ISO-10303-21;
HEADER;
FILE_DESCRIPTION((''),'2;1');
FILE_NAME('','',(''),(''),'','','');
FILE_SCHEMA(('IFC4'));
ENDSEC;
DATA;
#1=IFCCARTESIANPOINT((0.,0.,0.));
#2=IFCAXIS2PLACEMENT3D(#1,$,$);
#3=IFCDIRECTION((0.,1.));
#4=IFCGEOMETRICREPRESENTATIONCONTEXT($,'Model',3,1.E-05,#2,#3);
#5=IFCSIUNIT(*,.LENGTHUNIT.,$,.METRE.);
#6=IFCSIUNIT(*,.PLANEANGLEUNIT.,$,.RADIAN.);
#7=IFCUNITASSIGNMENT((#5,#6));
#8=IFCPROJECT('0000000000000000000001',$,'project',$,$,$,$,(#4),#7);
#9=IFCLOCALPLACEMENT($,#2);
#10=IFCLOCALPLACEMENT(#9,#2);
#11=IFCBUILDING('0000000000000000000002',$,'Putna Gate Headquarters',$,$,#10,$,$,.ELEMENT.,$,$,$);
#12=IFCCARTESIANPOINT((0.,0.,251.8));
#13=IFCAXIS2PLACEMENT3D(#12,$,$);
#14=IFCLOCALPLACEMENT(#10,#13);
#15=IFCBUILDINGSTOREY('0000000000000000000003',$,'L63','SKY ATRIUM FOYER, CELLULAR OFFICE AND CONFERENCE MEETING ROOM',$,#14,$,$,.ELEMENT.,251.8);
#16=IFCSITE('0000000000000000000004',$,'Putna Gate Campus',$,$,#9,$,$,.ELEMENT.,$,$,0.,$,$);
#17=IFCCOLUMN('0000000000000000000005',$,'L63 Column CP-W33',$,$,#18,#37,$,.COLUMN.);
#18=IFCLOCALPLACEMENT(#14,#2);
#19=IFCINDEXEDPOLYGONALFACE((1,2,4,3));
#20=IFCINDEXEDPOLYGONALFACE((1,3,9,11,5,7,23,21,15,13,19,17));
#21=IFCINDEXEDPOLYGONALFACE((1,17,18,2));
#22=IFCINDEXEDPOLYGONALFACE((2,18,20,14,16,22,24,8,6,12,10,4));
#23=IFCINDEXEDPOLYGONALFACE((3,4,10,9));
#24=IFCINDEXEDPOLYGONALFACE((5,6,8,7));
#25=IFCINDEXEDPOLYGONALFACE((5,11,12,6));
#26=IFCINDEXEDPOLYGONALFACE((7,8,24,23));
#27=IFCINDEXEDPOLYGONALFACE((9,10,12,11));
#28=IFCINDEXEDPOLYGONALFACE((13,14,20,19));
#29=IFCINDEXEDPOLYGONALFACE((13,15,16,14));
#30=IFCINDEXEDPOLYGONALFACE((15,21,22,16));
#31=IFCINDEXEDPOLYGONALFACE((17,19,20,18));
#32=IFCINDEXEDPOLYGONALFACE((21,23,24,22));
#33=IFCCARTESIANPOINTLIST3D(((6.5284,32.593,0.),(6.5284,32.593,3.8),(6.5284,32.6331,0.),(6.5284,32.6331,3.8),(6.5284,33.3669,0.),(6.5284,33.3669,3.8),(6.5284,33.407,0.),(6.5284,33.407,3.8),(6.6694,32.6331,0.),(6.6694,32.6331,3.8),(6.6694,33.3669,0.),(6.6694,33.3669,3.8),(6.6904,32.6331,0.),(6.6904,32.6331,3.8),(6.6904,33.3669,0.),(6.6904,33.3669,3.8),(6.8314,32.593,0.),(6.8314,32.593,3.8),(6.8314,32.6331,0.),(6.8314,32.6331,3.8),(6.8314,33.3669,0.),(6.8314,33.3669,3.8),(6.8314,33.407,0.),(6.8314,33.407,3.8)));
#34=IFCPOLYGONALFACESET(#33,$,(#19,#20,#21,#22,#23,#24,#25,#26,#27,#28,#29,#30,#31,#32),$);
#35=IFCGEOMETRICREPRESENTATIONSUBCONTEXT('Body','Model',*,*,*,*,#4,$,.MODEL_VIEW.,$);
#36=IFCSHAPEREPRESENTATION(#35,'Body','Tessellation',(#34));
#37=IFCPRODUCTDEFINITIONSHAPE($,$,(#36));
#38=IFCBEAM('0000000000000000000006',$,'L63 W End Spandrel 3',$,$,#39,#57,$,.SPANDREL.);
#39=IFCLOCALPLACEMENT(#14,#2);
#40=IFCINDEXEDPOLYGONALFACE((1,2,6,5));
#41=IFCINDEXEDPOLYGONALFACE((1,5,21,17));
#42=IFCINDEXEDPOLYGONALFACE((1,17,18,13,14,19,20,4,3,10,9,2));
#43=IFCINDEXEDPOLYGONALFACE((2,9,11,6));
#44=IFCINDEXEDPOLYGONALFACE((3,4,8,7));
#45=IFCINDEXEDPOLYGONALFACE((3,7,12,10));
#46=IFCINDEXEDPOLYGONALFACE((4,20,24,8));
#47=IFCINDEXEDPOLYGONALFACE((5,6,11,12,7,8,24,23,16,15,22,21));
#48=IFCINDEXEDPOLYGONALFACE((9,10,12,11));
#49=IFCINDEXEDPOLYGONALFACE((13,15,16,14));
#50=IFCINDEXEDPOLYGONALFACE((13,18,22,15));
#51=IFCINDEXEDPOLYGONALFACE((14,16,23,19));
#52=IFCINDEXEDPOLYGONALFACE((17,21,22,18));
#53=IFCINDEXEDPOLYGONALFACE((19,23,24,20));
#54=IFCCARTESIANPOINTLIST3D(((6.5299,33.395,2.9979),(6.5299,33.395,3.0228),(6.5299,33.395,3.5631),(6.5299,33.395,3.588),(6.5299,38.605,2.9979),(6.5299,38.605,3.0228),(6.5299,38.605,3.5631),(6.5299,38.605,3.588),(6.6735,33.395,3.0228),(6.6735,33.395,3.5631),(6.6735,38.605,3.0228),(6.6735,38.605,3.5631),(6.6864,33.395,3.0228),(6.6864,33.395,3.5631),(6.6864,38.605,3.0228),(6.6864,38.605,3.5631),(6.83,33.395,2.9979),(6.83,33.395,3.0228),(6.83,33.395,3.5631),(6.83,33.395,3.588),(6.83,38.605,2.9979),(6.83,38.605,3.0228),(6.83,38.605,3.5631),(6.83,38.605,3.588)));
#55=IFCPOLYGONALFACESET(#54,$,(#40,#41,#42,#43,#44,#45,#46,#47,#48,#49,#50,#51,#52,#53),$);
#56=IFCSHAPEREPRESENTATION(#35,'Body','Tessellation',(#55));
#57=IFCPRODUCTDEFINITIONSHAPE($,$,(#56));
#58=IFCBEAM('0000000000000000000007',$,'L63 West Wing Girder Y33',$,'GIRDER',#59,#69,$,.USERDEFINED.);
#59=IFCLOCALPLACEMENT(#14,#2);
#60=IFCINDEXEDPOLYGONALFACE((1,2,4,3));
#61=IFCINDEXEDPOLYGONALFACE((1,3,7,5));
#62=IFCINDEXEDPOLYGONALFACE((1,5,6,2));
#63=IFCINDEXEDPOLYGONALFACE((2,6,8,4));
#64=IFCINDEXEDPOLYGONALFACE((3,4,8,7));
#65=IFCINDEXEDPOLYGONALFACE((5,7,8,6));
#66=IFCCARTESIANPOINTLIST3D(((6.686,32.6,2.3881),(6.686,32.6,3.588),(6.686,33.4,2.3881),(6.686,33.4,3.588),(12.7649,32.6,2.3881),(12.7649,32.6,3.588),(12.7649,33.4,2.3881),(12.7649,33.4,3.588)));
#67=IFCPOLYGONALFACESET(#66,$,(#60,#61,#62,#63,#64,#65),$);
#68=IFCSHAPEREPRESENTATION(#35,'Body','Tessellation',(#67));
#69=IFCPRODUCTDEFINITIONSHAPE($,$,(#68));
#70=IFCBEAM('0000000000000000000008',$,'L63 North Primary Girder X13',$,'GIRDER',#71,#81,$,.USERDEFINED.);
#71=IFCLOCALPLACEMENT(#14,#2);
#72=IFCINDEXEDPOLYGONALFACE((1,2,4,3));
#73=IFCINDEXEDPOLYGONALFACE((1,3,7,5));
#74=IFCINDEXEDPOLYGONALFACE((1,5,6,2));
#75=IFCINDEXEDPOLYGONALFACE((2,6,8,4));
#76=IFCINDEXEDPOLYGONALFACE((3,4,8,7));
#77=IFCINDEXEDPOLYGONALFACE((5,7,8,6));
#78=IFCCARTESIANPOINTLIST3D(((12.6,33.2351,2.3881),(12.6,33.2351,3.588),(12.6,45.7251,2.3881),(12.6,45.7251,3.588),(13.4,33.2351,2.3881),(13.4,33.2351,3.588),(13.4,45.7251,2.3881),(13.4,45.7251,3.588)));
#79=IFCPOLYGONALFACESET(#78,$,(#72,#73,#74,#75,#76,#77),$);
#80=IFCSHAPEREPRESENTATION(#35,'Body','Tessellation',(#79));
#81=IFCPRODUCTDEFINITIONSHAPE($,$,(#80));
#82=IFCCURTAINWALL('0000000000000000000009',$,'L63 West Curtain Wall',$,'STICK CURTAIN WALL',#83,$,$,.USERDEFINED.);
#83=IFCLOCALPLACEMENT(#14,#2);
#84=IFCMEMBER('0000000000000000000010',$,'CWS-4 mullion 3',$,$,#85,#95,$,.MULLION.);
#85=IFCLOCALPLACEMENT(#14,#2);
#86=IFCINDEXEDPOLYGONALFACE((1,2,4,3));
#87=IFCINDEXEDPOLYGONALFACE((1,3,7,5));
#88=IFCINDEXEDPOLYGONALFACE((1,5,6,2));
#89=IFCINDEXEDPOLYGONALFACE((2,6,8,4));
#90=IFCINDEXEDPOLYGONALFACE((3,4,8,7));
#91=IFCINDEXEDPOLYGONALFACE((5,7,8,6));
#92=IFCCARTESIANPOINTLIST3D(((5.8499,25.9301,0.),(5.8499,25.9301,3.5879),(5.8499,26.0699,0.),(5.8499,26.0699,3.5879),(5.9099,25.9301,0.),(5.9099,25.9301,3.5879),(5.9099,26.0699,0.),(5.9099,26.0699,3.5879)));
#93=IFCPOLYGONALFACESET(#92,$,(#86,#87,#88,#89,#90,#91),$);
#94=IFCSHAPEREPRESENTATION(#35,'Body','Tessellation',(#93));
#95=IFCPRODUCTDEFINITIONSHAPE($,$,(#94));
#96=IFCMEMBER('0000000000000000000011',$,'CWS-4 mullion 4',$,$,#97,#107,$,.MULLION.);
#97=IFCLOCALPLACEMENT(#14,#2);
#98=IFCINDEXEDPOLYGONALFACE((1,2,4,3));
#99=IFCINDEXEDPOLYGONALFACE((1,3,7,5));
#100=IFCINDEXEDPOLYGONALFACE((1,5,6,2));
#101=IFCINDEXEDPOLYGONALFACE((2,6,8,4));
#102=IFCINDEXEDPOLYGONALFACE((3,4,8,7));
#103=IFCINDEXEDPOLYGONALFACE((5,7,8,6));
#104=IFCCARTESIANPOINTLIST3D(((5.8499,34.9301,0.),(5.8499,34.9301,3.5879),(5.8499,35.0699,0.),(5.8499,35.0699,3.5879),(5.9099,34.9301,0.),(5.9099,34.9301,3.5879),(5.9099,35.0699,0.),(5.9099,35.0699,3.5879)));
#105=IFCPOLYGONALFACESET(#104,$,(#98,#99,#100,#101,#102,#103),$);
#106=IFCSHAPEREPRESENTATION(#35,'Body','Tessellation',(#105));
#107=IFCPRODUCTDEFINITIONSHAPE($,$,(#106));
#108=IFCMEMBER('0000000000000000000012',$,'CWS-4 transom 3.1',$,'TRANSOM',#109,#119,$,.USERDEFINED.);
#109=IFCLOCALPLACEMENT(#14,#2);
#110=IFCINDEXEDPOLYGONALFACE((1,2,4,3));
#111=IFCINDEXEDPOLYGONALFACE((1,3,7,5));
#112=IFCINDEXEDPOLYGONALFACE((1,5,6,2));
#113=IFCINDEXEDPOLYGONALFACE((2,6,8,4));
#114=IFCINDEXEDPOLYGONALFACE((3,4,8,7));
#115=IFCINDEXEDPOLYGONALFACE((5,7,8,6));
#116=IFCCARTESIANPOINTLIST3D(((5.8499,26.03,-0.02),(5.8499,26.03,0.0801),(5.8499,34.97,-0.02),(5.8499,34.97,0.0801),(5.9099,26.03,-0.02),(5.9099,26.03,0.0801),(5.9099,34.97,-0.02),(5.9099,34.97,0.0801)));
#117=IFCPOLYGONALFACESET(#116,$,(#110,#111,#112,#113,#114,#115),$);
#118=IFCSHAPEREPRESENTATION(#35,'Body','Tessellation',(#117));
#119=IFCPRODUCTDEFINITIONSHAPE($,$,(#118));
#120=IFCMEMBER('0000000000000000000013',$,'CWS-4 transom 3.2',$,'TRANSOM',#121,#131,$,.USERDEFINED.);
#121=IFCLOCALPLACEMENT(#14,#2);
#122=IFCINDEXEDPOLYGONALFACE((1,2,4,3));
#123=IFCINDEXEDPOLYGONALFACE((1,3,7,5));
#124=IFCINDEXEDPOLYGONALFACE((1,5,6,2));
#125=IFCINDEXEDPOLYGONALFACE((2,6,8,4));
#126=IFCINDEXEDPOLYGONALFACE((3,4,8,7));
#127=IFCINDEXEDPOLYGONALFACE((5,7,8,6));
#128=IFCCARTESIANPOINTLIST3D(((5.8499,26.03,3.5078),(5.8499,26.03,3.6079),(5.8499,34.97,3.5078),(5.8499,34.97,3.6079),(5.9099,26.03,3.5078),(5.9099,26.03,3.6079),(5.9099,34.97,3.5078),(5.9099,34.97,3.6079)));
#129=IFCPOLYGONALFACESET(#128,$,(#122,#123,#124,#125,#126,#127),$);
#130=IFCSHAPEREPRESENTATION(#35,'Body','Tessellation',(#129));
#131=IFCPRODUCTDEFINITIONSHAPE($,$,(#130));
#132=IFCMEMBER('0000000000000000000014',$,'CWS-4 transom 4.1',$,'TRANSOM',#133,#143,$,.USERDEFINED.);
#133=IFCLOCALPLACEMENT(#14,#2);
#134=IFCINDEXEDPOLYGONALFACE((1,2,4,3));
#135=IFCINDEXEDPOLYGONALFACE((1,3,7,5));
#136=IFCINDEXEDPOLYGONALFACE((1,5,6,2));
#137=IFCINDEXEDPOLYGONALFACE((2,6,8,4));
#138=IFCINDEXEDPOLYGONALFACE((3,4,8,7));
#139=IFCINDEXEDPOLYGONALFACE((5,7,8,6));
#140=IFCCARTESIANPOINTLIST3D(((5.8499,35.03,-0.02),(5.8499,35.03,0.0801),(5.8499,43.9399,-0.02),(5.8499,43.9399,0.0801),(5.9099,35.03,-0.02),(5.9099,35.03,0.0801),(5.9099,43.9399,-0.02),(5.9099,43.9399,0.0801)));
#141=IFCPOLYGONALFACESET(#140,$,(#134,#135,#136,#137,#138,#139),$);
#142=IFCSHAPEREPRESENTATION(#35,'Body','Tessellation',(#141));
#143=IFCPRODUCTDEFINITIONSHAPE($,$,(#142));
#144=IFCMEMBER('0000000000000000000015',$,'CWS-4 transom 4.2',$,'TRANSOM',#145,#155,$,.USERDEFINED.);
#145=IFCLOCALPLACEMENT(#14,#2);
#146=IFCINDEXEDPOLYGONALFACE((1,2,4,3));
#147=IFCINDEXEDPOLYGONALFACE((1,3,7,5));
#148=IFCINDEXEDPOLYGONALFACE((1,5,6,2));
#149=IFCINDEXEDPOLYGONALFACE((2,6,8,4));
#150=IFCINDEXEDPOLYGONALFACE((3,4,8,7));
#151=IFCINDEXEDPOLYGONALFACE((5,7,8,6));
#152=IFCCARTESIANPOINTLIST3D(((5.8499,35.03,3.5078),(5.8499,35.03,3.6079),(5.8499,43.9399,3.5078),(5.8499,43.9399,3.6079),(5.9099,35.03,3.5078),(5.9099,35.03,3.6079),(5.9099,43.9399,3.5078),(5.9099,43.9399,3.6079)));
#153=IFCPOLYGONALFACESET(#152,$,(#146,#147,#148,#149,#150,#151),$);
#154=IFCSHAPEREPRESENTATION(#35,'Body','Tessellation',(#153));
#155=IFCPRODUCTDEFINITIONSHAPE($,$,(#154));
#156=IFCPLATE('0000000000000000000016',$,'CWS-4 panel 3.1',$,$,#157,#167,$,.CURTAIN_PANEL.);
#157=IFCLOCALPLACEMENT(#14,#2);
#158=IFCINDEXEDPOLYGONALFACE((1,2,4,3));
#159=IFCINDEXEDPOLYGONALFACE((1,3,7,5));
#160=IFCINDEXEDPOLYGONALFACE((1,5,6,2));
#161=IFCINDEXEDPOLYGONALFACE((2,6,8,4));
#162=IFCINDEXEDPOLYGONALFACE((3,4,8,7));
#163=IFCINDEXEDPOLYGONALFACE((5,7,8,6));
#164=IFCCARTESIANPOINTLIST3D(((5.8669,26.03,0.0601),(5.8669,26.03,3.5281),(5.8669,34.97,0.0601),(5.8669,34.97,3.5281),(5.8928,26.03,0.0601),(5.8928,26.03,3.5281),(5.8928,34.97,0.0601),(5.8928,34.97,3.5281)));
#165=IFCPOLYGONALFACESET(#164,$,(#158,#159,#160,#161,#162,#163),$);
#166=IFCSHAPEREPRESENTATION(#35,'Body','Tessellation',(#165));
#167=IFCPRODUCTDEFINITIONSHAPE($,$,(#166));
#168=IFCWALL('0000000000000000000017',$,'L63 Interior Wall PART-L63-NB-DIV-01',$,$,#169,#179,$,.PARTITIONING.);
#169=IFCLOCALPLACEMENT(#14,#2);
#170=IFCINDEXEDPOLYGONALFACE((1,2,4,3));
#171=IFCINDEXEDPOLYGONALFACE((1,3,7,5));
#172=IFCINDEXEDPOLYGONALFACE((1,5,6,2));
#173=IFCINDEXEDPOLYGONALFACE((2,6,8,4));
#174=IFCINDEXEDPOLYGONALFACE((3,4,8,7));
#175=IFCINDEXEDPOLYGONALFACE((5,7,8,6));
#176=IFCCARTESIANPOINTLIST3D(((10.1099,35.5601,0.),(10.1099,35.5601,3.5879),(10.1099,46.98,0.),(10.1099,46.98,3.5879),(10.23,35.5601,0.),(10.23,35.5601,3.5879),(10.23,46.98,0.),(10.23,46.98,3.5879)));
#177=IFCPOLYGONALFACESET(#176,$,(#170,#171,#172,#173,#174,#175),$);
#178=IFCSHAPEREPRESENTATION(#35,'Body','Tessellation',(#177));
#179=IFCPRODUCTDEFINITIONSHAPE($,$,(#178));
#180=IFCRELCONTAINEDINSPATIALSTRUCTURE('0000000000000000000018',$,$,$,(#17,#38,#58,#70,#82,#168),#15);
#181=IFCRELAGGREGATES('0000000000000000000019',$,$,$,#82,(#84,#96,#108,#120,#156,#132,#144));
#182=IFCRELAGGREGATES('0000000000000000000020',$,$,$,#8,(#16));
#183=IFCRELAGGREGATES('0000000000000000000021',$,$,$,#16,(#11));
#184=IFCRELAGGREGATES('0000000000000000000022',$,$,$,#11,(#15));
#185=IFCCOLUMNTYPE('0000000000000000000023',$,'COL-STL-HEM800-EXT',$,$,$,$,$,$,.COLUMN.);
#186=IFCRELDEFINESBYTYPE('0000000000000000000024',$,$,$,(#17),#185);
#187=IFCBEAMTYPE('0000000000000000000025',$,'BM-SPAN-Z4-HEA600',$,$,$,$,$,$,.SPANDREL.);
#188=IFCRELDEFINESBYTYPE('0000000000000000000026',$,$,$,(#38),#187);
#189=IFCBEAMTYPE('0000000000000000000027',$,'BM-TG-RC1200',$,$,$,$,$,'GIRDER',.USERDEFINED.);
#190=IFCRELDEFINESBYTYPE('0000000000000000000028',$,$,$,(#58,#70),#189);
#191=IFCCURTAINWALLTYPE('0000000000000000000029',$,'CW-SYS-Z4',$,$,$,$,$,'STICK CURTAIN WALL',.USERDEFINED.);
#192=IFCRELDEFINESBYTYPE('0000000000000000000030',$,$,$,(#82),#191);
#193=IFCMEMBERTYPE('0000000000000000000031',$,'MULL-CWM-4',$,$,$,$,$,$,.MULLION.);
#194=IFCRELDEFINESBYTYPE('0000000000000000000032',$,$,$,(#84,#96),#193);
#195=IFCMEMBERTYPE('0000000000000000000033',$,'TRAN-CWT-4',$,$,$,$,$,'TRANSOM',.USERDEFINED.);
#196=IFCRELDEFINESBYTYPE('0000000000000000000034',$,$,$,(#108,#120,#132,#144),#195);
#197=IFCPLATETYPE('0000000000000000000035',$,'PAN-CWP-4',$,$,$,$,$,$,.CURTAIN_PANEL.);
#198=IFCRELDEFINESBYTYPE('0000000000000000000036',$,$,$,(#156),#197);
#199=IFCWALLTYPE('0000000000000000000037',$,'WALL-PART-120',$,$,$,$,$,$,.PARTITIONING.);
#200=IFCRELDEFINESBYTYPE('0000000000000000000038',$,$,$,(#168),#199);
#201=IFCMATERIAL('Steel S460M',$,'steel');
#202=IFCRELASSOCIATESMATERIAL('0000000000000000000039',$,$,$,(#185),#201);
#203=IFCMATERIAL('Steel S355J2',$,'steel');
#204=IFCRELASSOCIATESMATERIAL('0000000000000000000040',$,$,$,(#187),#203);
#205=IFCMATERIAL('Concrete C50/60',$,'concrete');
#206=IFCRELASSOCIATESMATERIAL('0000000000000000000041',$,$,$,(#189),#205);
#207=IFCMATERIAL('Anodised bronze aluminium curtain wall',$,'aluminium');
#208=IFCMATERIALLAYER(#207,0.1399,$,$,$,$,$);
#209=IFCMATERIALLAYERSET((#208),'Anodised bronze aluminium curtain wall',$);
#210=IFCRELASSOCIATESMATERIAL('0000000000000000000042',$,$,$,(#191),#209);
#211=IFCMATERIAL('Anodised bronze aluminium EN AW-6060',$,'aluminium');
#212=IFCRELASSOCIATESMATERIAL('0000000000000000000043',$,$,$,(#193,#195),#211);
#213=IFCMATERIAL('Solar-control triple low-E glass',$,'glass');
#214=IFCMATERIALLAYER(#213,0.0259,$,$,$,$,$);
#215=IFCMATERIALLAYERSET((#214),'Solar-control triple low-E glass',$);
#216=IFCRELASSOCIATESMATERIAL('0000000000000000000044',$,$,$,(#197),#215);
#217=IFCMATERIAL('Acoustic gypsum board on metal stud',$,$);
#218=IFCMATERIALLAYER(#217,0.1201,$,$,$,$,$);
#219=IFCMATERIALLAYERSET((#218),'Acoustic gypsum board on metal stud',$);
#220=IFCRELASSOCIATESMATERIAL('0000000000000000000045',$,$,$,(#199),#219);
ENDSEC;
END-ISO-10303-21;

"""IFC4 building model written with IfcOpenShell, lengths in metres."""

from ifc_helpers import new_model, si_unit, direction, frame, frame_2d, origin, origin_2d, place, context, subcontext, project, spatial, rectangle, i_section, extrude, material, layer, layer_set, material_profile, profile_set, type_object, element, aggregate, save


model = new_model("IFC4")

# Units and contexts
model_context = context("Model", 3, precision=1e-05, world=origin(), true_north=direction((0.0, 1.0)))
body_context = subcontext(model_context, "Body", "Model", "MODEL_VIEW")
ifc_project = project(units=[si_unit("LENGTHUNIT", "METRE"), si_unit("PLANEANGLEUNIT", "RADIAN")], contexts=[model_context])

# Site, building, storey
site_placement = place(None, origin())
site = spatial("IfcSite", under=ifc_project, at=site_placement, Name="Putna Gate Campus", CompositionType="ELEMENT", RefElevation=0.0)
building_placement = place(site_placement, origin())
building = spatial("IfcBuilding", under=site, at=building_placement, Name="Putna Gate Headquarters", CompositionType="ELEMENT")
storey_placement = place(building_placement, frame((0.0, 0.0, 251.8)))
storey = spatial("IfcBuildingStorey", under=building, at=storey_placement, Name="L63", Description="SKY ATRIUM FOYER, CELLULAR OFFICE AND CONFERENCE MEETING ROOM", CompositionType="ELEMENT", Elevation=251.8)

# Column
ifc_material_1 = material(Name="Steel S460M", Category="steel")
ifc_material_profile_1 = material_profile(ifc_material_1, i_section(OverallWidth=0.303, OverallDepth=0.814, WebThickness=0.021, FlangeThickness=0.04, at=origin_2d()), Name="Steel S460M")
ifc_profile_set_1 = profile_set([ifc_material_profile_1], Name="Steel S460M")
column_type = type_object("IfcColumnType", Name="COL-STL-HEM800-EXT", PredefinedType="COLUMN", material=ifc_profile_set_1)
column_placement = place(storey_placement, frame((6.6799, 33.0, 0.0), z_axis=(0.0, 0.0, 1.0), x_axis=(1.0, 0.0, 0.0)))
element("IfcColumn", 1, at=column_placement, inside=storey, type_object=column_type, Name="L63 Column CP-W33", PredefinedType="COLUMN", context=body_context, shape_type="SweptSolid", body=[
    extrude(i_section(OverallWidth=0.303, OverallDepth=0.814, WebThickness=0.021, FlangeThickness=0.04, at=origin_2d()), origin(), (0.0, 0.0, 1.0), 3.8),
])

# Beams
ifc_material_2 = material(Name="Steel S355J2", Category="steel")
ifc_material_profile_2 = material_profile(ifc_material_2, i_section(OverallWidth=0.3, OverallDepth=0.5901, WebThickness=0.0129, FlangeThickness=0.0249, at=origin_2d()), Name="Steel S355J2")
ifc_profile_set_2 = profile_set([ifc_material_profile_2], Name="Steel S355J2")
beam_type_1 = type_object("IfcBeamType", Name="BM-SPAN-Z4-HEA600", PredefinedType="SPANDREL", material=ifc_profile_set_2)
beam_1_placement = place(storey_placement, frame((6.6799, 33.395, 3.293), z_axis=(0.0, 1.0, 0.0), x_axis=(-1.0, 0.0, 0.0)))
element("IfcBeam", 2, at=beam_1_placement, inside=storey, type_object=beam_type_1, Name="L63 W End Spandrel 3", PredefinedType="SPANDREL", context=body_context, shape_type="SweptSolid", body=[
    extrude(i_section(OverallWidth=0.3, OverallDepth=0.5901, WebThickness=0.0129, FlangeThickness=0.0249, at=origin_2d()), origin(), (0.0, 0.0, 1.0), 5.21),
])
ifc_material_3 = material(Name="Concrete C50/60", Category="concrete")
ifc_material_profile_3 = material_profile(ifc_material_3, rectangle(XDim=0.8, YDim=1.2, at=origin_2d()), Name="Concrete C50/60")
ifc_profile_set_3 = profile_set([ifc_material_profile_3], Name="Concrete C50/60")
beam_type_2 = type_object("IfcBeamType", Name="BM-TG-RC1200", ElementType="GIRDER", PredefinedType="USERDEFINED", material=ifc_profile_set_3)
beam_2_placement = place(storey_placement, frame((6.686, 33.0, 2.988), z_axis=(1.0, 0.0, 0.0), x_axis=(0.0, 1.0, 0.0)))
element("IfcBeam", 3, at=beam_2_placement, inside=storey, type_object=beam_type_2, Name="L63 West Wing Girder Y33", ObjectType="GIRDER", PredefinedType="USERDEFINED", context=body_context, shape_type="SweptSolid", body=[
    extrude(rectangle(XDim=0.8, YDim=1.2, at=origin_2d()), origin(), (0.0, 0.0, 1.0), 6.0789),
])
beam_3_placement = place(storey_placement, frame((13.0, 33.2351, 2.988), z_axis=(0.0, 1.0, 0.0), x_axis=(-1.0, 0.0, 0.0)))
element("IfcBeam", 4, at=beam_3_placement, inside=storey, type_object=beam_type_2, Name="L63 North Primary Girder X13", ObjectType="GIRDER", PredefinedType="USERDEFINED", context=body_context, shape_type="SweptSolid", body=[
    extrude(rectangle(XDim=0.8, YDim=1.2, at=origin_2d()), origin(), (0.0, 0.0, 1.0), 12.49),
])

# Curtain wall, members, plate
ifc_material_4 = material(Name="Anodised bronze aluminium curtain wall", Category="aluminium")
ifc_layer_1 = layer(ifc_material_4, 0.1399)
ifc_layer_set_1 = layer_set([ifc_layer_1], Name="Anodised bronze aluminium curtain wall")
curtain_wall_type = type_object("IfcCurtainWallType", Name="CW-SYS-Z4", ElementType="STICK CURTAIN WALL", PredefinedType="USERDEFINED", material=ifc_layer_set_1)
curtain_wall_placement = place(storey_placement, origin())
curtain_wall = element("IfcCurtainWall", 5, at=curtain_wall_placement, inside=storey, type_object=curtain_wall_type, Name="L63 West Curtain Wall", ObjectType="STICK CURTAIN WALL", PredefinedType="USERDEFINED")
ifc_material_5 = material(Name="Anodised bronze aluminium EN AW-6060", Category="aluminium")
ifc_material_profile_4 = material_profile(ifc_material_5, rectangle(XDim=0.0601, YDim=0.1399, at=origin_2d()), Name="Anodised bronze aluminium EN AW-6060")
ifc_profile_set_4 = profile_set([ifc_material_profile_4], Name="Anodised bronze aluminium EN AW-6060")
member_type_1 = type_object("IfcMemberType", Name="MULL-CWM-4", PredefinedType="MULLION", material=ifc_profile_set_4)
member_1_placement = place(storey_placement, frame((5.8799, 26.0, 0.0), z_axis=(0.0, 0.0, 1.0), x_axis=(-1.0, 0.0, 0.0)))
member_1 = element("IfcMember", 6, at=member_1_placement, type_object=member_type_1, Name="CWS-4 mullion 3", PredefinedType="MULLION", context=body_context, shape_type="SweptSolid", body=[
    extrude(rectangle(XDim=0.0601, YDim=0.1399, at=origin_2d()), origin(), (0.0, 0.0, 1.0), 3.5879),
])
member_2_placement = place(storey_placement, frame((5.8799, 35.0, 0.0), z_axis=(0.0, 0.0, 1.0), x_axis=(-1.0, 0.0, 0.0)))
member_2 = element("IfcMember", 7, at=member_2_placement, type_object=member_type_1, Name="CWS-4 mullion 4", PredefinedType="MULLION", context=body_context, shape_type="SweptSolid", body=[
    extrude(rectangle(XDim=0.0601, YDim=0.1399, at=origin_2d()), origin(), (0.0, 0.0, 1.0), 3.5879),
])
ifc_material_profile_5 = material_profile(ifc_material_5, rectangle(XDim=0.0601, YDim=0.1001, at=origin_2d()), Name="Anodised bronze aluminium EN AW-6060")
ifc_profile_set_5 = profile_set([ifc_material_profile_5], Name="Anodised bronze aluminium EN AW-6060")
member_type_2 = type_object("IfcMemberType", Name="TRAN-CWT-4", ElementType="TRANSOM", PredefinedType="USERDEFINED", material=ifc_profile_set_5)
member_3_placement = place(storey_placement, frame((5.8799, 26.03, 0.03), z_axis=(0.0, 1.0, 0.0), x_axis=(-1.0, 0.0, 0.0)))
member_3 = element("IfcMember", 8, at=member_3_placement, type_object=member_type_2, Name="CWS-4 transom 3.1", ObjectType="TRANSOM", PredefinedType="USERDEFINED", context=body_context, shape_type="SweptSolid", body=[
    extrude(rectangle(XDim=0.0601, YDim=0.1001, at=origin_2d()), origin(), (0.0, 0.0, 1.0), 8.9399),
])
member_4_placement = place(storey_placement, frame((5.8799, 26.03, 3.5579), z_axis=(0.0, 1.0, 0.0), x_axis=(-1.0, 0.0, 0.0)))
member_4 = element("IfcMember", 9, at=member_4_placement, type_object=member_type_2, Name="CWS-4 transom 3.2", ObjectType="TRANSOM", PredefinedType="USERDEFINED", context=body_context, shape_type="SweptSolid", body=[
    extrude(rectangle(XDim=0.0601, YDim=0.1001, at=origin_2d()), origin(), (0.0, 0.0, 1.0), 8.9399),
])
member_5_placement = place(storey_placement, frame((5.8799, 35.03, 0.03), z_axis=(0.0, 1.0, 0.0), x_axis=(-1.0, 0.0, 0.0)))
member_5 = element("IfcMember", 10, at=member_5_placement, type_object=member_type_2, Name="CWS-4 transom 4.1", ObjectType="TRANSOM", PredefinedType="USERDEFINED", context=body_context, shape_type="SweptSolid", body=[
    extrude(rectangle(XDim=0.0601, YDim=0.1001, at=origin_2d()), origin(), (0.0, 0.0, 1.0), 8.9099),
])
member_6_placement = place(storey_placement, frame((5.8799, 35.03, 3.5579), z_axis=(0.0, 1.0, 0.0), x_axis=(-1.0, 0.0, 0.0)))
member_6 = element("IfcMember", 11, at=member_6_placement, type_object=member_type_2, Name="CWS-4 transom 4.2", ObjectType="TRANSOM", PredefinedType="USERDEFINED", context=body_context, shape_type="SweptSolid", body=[
    extrude(rectangle(XDim=0.0601, YDim=0.1001, at=origin_2d()), origin(), (0.0, 0.0, 1.0), 8.9099),
])
ifc_material_6 = material(Name="Solar-control triple low-E glass", Category="glass")
ifc_layer_2 = layer(ifc_material_6, 0.0259)
ifc_layer_set_2 = layer_set([ifc_layer_2], Name="Solar-control triple low-E glass")
plate_type = type_object("IfcPlateType", Name="PAN-CWP-4", PredefinedType="CURTAIN_PANEL", material=ifc_layer_set_2)
plate_placement = place(storey_placement, frame((5.8799, 30.5, 0.0601), z_axis=(0.0, 0.0, 1.0), x_axis=(0.0, 1.0, 0.0)))
plate = element("IfcPlate", 12, at=plate_placement, type_object=plate_type, Name="CWS-4 panel 3.1", PredefinedType="CURTAIN_PANEL", context=body_context, shape_type="SweptSolid", body=[
    extrude(rectangle(XDim=8.9399, YDim=0.0259, at=origin_2d()), origin(), (0.0, 0.0, 1.0), 3.468),
])
aggregate(curtain_wall, [member_1, member_2, member_3, member_4, plate, member_5, member_6])

# Wall
ifc_material_7 = material(Name="Acoustic gypsum board on metal stud")
ifc_layer_3 = layer(ifc_material_7, 0.1201)
ifc_layer_set_3 = layer_set([ifc_layer_3], Name="Acoustic gypsum board on metal stud")
wall_type_1 = type_object("IfcWallType", Name="WALL-PART-120", PredefinedType="PARTITIONING", material=ifc_layer_set_3)
wall_1_placement = place(storey_placement, frame((10.1699, 35.5601, 0.0), z_axis=(0.0, 0.0, 1.0), x_axis=(0.0, 1.0, 0.0)))
element("IfcWall", 13, at=wall_1_placement, inside=storey, type_object=wall_type_1, Name="L63 Interior Wall PART-L63-NB-DIV-01", PredefinedType="PARTITIONING", context=body_context, shape_type="SweptSolid", body=[
    extrude(rectangle(XDim=11.4199, YDim=0.1201, at=frame_2d((5.71, 0.0))), origin(), (0.0, 0.0, 1.0), 3.5879),
])

save(model, "model.ifc")
